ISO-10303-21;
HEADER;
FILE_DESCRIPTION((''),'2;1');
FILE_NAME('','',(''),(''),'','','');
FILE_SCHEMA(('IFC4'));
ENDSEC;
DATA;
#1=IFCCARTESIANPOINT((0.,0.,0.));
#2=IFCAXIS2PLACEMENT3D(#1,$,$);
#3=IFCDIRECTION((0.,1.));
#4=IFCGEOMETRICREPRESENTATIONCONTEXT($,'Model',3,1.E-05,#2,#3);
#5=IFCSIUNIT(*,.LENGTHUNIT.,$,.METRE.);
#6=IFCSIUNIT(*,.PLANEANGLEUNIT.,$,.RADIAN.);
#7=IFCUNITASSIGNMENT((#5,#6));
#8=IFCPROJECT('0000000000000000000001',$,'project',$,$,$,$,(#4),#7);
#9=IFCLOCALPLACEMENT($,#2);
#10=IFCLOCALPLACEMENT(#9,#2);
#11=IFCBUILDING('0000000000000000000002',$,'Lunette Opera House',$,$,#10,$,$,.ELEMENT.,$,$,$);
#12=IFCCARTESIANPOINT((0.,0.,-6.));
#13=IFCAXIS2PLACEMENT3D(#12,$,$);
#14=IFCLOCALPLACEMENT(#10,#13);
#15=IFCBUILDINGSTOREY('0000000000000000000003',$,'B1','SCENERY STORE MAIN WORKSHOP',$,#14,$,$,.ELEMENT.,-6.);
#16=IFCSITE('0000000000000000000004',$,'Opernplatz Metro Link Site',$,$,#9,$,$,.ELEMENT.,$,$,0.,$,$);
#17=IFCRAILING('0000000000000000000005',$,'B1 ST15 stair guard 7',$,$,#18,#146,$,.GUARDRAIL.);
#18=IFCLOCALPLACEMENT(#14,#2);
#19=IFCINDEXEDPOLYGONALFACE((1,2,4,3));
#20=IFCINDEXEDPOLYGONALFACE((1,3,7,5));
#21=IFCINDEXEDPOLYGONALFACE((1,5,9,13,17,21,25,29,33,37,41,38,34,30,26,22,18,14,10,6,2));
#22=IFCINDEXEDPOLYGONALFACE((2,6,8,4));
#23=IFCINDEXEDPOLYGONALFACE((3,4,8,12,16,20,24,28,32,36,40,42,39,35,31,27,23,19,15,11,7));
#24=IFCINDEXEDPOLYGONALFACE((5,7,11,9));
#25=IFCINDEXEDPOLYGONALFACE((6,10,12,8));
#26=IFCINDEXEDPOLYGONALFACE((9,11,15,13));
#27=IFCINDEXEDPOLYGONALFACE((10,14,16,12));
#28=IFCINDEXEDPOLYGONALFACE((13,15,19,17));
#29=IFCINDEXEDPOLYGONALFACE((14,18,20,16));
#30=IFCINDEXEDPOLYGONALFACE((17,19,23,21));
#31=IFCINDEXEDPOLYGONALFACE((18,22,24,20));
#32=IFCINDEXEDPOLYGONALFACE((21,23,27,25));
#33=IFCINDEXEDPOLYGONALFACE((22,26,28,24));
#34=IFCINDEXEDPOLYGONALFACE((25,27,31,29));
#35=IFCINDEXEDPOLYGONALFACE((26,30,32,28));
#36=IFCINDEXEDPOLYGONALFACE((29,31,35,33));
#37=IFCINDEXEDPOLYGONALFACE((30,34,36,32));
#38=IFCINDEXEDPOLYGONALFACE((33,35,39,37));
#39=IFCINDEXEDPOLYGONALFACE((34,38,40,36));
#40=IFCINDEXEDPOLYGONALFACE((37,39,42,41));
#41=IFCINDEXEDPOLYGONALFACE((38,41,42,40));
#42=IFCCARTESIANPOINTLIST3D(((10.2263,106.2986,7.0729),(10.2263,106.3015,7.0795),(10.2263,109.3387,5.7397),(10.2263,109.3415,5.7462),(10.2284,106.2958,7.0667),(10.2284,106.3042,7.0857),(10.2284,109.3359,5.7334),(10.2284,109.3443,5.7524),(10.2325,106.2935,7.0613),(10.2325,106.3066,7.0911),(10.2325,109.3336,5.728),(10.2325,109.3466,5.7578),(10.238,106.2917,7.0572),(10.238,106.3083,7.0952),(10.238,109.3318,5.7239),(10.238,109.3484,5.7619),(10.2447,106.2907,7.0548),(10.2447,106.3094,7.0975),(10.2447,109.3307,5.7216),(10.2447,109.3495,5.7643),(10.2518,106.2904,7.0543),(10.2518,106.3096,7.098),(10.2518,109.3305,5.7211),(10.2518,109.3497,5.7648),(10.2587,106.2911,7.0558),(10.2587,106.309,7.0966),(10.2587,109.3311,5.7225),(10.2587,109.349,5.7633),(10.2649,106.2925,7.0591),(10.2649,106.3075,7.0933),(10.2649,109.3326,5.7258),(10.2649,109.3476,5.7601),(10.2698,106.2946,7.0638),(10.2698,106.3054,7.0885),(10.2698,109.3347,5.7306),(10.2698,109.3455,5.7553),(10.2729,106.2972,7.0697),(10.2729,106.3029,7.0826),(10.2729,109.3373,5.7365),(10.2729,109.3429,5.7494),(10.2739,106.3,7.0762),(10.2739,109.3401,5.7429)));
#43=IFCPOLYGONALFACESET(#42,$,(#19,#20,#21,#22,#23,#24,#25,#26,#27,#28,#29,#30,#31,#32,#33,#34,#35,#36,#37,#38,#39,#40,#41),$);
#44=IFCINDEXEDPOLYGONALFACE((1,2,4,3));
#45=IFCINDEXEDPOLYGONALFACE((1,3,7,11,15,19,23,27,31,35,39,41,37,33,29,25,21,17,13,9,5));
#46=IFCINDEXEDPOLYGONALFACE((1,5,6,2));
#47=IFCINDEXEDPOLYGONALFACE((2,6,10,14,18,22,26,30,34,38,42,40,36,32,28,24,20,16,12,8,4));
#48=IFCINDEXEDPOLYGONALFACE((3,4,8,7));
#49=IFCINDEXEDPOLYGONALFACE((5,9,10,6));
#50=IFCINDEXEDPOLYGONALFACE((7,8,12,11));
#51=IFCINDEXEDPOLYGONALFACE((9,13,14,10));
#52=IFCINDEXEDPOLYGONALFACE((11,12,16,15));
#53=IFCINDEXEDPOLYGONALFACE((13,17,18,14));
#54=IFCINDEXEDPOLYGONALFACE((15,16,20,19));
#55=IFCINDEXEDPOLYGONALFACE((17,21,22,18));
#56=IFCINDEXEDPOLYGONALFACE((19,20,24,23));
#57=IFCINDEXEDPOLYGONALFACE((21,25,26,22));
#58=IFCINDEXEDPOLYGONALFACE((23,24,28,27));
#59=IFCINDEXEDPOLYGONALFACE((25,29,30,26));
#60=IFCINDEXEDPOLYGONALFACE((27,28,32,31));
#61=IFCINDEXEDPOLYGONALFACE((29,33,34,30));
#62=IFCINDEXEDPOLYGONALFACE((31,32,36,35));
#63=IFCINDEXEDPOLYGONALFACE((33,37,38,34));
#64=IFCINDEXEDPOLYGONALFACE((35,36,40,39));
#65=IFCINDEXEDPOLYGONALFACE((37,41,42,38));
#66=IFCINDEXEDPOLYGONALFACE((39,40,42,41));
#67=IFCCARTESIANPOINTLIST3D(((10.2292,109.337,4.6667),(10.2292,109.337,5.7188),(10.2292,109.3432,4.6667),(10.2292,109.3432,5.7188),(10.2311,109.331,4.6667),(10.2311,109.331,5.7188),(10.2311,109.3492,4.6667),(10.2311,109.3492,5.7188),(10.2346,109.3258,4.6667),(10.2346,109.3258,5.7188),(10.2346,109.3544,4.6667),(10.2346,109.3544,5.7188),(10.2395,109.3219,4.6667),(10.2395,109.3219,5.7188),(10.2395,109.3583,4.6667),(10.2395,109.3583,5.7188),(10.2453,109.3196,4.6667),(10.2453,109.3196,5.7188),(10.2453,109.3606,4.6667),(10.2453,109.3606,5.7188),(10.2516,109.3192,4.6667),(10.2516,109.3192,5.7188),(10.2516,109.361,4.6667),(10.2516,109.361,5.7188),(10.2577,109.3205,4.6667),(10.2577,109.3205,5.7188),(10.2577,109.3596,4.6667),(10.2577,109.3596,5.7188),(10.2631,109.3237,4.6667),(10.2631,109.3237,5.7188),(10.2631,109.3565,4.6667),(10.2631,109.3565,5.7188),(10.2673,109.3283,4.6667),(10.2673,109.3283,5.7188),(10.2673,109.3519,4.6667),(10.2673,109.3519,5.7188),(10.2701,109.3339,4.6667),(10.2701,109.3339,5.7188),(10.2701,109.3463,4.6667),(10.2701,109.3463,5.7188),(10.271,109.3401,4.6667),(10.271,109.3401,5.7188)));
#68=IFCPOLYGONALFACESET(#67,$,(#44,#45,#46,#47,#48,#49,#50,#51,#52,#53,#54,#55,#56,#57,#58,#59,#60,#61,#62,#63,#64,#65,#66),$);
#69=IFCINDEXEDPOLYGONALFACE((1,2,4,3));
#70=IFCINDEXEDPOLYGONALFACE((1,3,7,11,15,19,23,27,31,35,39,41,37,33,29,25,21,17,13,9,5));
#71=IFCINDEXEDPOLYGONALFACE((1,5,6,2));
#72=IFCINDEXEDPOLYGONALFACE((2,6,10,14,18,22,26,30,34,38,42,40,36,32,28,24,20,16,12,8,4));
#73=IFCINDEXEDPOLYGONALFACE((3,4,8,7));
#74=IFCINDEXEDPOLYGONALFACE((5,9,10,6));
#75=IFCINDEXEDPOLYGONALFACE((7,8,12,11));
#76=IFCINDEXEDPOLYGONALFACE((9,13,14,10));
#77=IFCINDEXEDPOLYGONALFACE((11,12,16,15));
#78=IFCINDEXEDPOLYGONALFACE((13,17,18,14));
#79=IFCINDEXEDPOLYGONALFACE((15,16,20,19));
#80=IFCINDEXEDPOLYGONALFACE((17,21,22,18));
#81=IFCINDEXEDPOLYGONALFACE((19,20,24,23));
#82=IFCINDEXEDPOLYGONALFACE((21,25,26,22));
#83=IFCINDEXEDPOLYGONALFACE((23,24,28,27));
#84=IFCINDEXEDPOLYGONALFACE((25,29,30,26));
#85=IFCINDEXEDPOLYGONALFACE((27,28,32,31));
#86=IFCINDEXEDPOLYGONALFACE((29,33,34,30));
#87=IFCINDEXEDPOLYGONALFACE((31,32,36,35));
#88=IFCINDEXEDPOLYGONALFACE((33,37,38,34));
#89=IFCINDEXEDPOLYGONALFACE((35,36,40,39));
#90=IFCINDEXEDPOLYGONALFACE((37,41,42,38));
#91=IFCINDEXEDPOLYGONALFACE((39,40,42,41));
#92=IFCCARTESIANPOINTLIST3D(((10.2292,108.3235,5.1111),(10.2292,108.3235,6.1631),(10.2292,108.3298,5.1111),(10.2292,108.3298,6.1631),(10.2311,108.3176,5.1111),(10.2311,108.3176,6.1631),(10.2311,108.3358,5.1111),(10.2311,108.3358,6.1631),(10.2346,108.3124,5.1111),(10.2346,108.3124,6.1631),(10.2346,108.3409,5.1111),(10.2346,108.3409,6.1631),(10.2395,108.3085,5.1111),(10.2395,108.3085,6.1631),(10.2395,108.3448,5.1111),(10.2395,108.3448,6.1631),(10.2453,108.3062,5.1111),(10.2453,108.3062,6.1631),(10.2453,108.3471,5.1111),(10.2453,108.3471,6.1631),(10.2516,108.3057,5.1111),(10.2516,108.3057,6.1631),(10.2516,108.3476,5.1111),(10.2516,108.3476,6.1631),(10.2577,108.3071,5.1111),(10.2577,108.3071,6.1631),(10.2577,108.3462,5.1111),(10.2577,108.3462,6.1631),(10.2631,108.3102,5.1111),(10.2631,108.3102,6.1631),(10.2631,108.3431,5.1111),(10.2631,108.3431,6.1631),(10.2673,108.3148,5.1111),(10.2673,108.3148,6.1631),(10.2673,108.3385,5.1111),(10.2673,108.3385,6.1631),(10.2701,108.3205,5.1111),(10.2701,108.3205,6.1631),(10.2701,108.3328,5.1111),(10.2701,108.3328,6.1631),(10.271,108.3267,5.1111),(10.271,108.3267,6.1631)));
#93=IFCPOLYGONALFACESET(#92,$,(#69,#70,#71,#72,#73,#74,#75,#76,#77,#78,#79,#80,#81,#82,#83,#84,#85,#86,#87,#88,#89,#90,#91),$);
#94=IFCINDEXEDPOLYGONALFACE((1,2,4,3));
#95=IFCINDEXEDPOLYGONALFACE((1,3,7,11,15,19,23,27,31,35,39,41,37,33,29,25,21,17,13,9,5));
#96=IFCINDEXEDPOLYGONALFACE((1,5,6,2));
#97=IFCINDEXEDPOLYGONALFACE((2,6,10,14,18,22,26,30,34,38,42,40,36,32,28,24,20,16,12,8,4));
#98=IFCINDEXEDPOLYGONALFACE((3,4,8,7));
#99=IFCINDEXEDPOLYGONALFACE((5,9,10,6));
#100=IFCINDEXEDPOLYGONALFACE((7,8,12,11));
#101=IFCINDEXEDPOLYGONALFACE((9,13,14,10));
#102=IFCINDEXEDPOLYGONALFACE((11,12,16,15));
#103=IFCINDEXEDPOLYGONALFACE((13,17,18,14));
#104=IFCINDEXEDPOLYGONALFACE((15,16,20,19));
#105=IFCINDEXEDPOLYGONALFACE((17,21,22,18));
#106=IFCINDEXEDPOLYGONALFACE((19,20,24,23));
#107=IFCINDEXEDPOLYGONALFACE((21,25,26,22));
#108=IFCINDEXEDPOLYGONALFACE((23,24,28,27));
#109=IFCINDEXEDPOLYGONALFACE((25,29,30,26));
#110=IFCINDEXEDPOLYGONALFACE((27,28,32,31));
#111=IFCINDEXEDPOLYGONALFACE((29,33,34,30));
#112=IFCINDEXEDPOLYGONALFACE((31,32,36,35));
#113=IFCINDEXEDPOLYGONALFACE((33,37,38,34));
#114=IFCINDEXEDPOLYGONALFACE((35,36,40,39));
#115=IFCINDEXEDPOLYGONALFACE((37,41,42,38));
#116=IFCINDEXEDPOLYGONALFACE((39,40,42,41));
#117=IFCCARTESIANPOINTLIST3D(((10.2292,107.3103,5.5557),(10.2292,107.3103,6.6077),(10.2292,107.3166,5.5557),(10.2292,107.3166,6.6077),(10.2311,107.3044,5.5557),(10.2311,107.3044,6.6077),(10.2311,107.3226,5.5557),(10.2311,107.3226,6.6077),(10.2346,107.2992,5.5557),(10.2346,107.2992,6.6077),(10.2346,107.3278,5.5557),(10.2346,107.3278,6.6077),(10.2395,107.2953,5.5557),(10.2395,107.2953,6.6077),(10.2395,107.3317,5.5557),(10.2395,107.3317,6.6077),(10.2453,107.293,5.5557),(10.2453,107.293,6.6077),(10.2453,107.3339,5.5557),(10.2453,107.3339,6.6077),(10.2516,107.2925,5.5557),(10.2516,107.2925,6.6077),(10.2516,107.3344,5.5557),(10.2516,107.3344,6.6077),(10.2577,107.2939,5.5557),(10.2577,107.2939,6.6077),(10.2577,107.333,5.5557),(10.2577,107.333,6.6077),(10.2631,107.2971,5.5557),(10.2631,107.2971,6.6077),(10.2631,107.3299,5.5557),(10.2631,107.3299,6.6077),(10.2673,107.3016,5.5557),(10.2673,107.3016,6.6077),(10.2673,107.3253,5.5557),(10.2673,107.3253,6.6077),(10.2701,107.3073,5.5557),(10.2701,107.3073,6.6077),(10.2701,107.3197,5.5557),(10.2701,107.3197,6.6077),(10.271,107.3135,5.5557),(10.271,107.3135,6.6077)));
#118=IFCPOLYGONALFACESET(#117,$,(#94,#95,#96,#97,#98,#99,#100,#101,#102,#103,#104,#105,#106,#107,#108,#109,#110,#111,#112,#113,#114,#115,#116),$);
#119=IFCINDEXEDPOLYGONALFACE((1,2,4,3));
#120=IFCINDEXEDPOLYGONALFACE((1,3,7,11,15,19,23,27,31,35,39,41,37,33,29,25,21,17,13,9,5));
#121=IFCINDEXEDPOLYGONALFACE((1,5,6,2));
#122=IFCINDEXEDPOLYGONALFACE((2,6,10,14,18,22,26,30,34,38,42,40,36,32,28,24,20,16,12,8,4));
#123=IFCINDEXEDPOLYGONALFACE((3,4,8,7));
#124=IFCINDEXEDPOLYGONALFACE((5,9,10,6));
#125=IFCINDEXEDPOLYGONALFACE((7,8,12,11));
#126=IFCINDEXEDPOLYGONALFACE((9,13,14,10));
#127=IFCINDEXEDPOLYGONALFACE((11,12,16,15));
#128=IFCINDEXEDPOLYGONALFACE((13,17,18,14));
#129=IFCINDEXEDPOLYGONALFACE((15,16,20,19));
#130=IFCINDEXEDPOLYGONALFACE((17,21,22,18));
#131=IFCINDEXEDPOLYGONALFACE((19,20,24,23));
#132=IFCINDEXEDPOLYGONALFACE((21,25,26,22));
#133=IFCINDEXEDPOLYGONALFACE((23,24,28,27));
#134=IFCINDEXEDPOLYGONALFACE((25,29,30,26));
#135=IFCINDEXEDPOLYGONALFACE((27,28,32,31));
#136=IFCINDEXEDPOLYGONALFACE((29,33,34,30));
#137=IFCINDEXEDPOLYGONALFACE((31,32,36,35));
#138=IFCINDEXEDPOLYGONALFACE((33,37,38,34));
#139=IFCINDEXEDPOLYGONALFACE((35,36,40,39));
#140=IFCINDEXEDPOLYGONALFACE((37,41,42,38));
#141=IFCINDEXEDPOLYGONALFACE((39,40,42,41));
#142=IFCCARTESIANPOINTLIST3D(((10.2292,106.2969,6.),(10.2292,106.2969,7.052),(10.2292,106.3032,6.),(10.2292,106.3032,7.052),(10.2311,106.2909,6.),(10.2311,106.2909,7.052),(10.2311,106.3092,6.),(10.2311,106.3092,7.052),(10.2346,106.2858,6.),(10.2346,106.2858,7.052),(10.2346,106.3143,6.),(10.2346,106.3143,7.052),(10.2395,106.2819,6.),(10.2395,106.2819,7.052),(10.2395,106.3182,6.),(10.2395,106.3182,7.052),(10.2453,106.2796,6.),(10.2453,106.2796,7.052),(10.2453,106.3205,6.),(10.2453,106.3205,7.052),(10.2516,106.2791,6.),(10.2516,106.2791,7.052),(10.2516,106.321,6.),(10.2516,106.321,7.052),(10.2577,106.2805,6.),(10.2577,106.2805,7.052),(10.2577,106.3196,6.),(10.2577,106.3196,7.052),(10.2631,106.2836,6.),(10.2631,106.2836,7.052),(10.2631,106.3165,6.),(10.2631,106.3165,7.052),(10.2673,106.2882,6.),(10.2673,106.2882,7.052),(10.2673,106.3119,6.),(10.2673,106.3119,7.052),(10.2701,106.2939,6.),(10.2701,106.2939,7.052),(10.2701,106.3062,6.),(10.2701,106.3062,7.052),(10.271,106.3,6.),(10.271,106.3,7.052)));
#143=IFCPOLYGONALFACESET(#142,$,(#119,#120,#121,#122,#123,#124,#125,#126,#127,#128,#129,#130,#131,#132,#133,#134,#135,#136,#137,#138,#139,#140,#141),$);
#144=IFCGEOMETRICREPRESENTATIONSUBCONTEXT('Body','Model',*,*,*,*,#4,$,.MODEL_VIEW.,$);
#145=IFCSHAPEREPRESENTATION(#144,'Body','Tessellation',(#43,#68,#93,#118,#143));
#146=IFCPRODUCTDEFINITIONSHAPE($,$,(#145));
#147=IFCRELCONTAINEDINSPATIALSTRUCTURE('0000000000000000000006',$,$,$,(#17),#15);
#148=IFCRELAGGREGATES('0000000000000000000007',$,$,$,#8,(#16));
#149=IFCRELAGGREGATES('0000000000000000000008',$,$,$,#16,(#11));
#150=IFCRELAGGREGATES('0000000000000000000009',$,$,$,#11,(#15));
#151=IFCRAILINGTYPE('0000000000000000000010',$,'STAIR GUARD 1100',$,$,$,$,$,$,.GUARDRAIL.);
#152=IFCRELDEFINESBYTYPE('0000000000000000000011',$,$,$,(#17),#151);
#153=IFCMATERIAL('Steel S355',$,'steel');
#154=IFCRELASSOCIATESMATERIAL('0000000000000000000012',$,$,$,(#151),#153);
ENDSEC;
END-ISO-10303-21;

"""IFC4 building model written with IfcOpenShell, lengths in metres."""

from ifc_helpers import new_model, si_unit, direction, frame, origin, origin_2d, place, context, subcontext, project, spatial, circle, extrude, material, type_object, element, save


model = new_model("IFC4")

# Units and contexts
model_context = context("Model", 3, precision=1e-05, world=origin(), true_north=direction((0.0, 1.0)))
body_context = subcontext(model_context, "Body", "Model", "MODEL_VIEW")
ifc_project = project(units=[si_unit("LENGTHUNIT", "METRE"), si_unit("PLANEANGLEUNIT", "RADIAN")], contexts=[model_context])

# Site, building, storey
site_placement = place(None, origin())
site = spatial("IfcSite", under=ifc_project, at=site_placement, Name="Opernplatz Metro Link Site", CompositionType="ELEMENT", RefElevation=0.0)
building_placement = place(site_placement, origin())
building = spatial("IfcBuilding", under=site, at=building_placement, Name="Lunette Opera House", CompositionType="ELEMENT")
storey_placement = place(building_placement, frame((0.0, 0.0, -6.0)))
storey = spatial("IfcBuildingStorey", under=building, at=storey_placement, Name="B1", Description="SCENERY STORE MAIN WORKSHOP", CompositionType="ELEMENT", Elevation=-6.0)

# Railing
ifc_material_1 = material(Name="Steel S355", Category="steel")
railing_type_1 = type_object("IfcRailingType", Name="STAIR GUARD 1100", PredefinedType="GUARDRAIL", material=ifc_material_1)
railing_1_placement = place(storey_placement, frame((10.25, 109.3401, 4.6667)))
element("IfcRailing", 1, at=railing_1_placement, inside=storey, type_object=railing_type_1, Name="B1 ST15 stair guard 7", PredefinedType="GUARDRAIL", context=body_context, shape_type="SweptSolid", body=[
    extrude(circle(Radius=0.0239, at=origin_2d()), frame((0.0, 0.0, 1.0762), z_axis=(0.0, -0.915799, 0.401637), x_axis=(1.0, 0.0, 0.0)), (0.0, 0.0, 1.0), 3.3196),
    extrude(circle(Radius=0.021, at=origin_2d()), origin(), (0.0, 0.0, 1.0), 1.052),
    extrude(circle(Radius=0.021, at=origin_2d()), frame((0.0, -1.0134, 0.4443)), (0.0, 0.0, 1.0), 1.052),
    extrude(circle(Radius=0.021, at=origin_2d()), frame((0.0, -2.0266, 0.8889)), (0.0, 0.0, 1.0), 1.052),
    extrude(circle(Radius=0.021, at=origin_2d()), frame((0.0, -3.04, 1.3333)), (0.0, 0.0, 1.0), 1.052),
])

save(model, "model.ifc")
